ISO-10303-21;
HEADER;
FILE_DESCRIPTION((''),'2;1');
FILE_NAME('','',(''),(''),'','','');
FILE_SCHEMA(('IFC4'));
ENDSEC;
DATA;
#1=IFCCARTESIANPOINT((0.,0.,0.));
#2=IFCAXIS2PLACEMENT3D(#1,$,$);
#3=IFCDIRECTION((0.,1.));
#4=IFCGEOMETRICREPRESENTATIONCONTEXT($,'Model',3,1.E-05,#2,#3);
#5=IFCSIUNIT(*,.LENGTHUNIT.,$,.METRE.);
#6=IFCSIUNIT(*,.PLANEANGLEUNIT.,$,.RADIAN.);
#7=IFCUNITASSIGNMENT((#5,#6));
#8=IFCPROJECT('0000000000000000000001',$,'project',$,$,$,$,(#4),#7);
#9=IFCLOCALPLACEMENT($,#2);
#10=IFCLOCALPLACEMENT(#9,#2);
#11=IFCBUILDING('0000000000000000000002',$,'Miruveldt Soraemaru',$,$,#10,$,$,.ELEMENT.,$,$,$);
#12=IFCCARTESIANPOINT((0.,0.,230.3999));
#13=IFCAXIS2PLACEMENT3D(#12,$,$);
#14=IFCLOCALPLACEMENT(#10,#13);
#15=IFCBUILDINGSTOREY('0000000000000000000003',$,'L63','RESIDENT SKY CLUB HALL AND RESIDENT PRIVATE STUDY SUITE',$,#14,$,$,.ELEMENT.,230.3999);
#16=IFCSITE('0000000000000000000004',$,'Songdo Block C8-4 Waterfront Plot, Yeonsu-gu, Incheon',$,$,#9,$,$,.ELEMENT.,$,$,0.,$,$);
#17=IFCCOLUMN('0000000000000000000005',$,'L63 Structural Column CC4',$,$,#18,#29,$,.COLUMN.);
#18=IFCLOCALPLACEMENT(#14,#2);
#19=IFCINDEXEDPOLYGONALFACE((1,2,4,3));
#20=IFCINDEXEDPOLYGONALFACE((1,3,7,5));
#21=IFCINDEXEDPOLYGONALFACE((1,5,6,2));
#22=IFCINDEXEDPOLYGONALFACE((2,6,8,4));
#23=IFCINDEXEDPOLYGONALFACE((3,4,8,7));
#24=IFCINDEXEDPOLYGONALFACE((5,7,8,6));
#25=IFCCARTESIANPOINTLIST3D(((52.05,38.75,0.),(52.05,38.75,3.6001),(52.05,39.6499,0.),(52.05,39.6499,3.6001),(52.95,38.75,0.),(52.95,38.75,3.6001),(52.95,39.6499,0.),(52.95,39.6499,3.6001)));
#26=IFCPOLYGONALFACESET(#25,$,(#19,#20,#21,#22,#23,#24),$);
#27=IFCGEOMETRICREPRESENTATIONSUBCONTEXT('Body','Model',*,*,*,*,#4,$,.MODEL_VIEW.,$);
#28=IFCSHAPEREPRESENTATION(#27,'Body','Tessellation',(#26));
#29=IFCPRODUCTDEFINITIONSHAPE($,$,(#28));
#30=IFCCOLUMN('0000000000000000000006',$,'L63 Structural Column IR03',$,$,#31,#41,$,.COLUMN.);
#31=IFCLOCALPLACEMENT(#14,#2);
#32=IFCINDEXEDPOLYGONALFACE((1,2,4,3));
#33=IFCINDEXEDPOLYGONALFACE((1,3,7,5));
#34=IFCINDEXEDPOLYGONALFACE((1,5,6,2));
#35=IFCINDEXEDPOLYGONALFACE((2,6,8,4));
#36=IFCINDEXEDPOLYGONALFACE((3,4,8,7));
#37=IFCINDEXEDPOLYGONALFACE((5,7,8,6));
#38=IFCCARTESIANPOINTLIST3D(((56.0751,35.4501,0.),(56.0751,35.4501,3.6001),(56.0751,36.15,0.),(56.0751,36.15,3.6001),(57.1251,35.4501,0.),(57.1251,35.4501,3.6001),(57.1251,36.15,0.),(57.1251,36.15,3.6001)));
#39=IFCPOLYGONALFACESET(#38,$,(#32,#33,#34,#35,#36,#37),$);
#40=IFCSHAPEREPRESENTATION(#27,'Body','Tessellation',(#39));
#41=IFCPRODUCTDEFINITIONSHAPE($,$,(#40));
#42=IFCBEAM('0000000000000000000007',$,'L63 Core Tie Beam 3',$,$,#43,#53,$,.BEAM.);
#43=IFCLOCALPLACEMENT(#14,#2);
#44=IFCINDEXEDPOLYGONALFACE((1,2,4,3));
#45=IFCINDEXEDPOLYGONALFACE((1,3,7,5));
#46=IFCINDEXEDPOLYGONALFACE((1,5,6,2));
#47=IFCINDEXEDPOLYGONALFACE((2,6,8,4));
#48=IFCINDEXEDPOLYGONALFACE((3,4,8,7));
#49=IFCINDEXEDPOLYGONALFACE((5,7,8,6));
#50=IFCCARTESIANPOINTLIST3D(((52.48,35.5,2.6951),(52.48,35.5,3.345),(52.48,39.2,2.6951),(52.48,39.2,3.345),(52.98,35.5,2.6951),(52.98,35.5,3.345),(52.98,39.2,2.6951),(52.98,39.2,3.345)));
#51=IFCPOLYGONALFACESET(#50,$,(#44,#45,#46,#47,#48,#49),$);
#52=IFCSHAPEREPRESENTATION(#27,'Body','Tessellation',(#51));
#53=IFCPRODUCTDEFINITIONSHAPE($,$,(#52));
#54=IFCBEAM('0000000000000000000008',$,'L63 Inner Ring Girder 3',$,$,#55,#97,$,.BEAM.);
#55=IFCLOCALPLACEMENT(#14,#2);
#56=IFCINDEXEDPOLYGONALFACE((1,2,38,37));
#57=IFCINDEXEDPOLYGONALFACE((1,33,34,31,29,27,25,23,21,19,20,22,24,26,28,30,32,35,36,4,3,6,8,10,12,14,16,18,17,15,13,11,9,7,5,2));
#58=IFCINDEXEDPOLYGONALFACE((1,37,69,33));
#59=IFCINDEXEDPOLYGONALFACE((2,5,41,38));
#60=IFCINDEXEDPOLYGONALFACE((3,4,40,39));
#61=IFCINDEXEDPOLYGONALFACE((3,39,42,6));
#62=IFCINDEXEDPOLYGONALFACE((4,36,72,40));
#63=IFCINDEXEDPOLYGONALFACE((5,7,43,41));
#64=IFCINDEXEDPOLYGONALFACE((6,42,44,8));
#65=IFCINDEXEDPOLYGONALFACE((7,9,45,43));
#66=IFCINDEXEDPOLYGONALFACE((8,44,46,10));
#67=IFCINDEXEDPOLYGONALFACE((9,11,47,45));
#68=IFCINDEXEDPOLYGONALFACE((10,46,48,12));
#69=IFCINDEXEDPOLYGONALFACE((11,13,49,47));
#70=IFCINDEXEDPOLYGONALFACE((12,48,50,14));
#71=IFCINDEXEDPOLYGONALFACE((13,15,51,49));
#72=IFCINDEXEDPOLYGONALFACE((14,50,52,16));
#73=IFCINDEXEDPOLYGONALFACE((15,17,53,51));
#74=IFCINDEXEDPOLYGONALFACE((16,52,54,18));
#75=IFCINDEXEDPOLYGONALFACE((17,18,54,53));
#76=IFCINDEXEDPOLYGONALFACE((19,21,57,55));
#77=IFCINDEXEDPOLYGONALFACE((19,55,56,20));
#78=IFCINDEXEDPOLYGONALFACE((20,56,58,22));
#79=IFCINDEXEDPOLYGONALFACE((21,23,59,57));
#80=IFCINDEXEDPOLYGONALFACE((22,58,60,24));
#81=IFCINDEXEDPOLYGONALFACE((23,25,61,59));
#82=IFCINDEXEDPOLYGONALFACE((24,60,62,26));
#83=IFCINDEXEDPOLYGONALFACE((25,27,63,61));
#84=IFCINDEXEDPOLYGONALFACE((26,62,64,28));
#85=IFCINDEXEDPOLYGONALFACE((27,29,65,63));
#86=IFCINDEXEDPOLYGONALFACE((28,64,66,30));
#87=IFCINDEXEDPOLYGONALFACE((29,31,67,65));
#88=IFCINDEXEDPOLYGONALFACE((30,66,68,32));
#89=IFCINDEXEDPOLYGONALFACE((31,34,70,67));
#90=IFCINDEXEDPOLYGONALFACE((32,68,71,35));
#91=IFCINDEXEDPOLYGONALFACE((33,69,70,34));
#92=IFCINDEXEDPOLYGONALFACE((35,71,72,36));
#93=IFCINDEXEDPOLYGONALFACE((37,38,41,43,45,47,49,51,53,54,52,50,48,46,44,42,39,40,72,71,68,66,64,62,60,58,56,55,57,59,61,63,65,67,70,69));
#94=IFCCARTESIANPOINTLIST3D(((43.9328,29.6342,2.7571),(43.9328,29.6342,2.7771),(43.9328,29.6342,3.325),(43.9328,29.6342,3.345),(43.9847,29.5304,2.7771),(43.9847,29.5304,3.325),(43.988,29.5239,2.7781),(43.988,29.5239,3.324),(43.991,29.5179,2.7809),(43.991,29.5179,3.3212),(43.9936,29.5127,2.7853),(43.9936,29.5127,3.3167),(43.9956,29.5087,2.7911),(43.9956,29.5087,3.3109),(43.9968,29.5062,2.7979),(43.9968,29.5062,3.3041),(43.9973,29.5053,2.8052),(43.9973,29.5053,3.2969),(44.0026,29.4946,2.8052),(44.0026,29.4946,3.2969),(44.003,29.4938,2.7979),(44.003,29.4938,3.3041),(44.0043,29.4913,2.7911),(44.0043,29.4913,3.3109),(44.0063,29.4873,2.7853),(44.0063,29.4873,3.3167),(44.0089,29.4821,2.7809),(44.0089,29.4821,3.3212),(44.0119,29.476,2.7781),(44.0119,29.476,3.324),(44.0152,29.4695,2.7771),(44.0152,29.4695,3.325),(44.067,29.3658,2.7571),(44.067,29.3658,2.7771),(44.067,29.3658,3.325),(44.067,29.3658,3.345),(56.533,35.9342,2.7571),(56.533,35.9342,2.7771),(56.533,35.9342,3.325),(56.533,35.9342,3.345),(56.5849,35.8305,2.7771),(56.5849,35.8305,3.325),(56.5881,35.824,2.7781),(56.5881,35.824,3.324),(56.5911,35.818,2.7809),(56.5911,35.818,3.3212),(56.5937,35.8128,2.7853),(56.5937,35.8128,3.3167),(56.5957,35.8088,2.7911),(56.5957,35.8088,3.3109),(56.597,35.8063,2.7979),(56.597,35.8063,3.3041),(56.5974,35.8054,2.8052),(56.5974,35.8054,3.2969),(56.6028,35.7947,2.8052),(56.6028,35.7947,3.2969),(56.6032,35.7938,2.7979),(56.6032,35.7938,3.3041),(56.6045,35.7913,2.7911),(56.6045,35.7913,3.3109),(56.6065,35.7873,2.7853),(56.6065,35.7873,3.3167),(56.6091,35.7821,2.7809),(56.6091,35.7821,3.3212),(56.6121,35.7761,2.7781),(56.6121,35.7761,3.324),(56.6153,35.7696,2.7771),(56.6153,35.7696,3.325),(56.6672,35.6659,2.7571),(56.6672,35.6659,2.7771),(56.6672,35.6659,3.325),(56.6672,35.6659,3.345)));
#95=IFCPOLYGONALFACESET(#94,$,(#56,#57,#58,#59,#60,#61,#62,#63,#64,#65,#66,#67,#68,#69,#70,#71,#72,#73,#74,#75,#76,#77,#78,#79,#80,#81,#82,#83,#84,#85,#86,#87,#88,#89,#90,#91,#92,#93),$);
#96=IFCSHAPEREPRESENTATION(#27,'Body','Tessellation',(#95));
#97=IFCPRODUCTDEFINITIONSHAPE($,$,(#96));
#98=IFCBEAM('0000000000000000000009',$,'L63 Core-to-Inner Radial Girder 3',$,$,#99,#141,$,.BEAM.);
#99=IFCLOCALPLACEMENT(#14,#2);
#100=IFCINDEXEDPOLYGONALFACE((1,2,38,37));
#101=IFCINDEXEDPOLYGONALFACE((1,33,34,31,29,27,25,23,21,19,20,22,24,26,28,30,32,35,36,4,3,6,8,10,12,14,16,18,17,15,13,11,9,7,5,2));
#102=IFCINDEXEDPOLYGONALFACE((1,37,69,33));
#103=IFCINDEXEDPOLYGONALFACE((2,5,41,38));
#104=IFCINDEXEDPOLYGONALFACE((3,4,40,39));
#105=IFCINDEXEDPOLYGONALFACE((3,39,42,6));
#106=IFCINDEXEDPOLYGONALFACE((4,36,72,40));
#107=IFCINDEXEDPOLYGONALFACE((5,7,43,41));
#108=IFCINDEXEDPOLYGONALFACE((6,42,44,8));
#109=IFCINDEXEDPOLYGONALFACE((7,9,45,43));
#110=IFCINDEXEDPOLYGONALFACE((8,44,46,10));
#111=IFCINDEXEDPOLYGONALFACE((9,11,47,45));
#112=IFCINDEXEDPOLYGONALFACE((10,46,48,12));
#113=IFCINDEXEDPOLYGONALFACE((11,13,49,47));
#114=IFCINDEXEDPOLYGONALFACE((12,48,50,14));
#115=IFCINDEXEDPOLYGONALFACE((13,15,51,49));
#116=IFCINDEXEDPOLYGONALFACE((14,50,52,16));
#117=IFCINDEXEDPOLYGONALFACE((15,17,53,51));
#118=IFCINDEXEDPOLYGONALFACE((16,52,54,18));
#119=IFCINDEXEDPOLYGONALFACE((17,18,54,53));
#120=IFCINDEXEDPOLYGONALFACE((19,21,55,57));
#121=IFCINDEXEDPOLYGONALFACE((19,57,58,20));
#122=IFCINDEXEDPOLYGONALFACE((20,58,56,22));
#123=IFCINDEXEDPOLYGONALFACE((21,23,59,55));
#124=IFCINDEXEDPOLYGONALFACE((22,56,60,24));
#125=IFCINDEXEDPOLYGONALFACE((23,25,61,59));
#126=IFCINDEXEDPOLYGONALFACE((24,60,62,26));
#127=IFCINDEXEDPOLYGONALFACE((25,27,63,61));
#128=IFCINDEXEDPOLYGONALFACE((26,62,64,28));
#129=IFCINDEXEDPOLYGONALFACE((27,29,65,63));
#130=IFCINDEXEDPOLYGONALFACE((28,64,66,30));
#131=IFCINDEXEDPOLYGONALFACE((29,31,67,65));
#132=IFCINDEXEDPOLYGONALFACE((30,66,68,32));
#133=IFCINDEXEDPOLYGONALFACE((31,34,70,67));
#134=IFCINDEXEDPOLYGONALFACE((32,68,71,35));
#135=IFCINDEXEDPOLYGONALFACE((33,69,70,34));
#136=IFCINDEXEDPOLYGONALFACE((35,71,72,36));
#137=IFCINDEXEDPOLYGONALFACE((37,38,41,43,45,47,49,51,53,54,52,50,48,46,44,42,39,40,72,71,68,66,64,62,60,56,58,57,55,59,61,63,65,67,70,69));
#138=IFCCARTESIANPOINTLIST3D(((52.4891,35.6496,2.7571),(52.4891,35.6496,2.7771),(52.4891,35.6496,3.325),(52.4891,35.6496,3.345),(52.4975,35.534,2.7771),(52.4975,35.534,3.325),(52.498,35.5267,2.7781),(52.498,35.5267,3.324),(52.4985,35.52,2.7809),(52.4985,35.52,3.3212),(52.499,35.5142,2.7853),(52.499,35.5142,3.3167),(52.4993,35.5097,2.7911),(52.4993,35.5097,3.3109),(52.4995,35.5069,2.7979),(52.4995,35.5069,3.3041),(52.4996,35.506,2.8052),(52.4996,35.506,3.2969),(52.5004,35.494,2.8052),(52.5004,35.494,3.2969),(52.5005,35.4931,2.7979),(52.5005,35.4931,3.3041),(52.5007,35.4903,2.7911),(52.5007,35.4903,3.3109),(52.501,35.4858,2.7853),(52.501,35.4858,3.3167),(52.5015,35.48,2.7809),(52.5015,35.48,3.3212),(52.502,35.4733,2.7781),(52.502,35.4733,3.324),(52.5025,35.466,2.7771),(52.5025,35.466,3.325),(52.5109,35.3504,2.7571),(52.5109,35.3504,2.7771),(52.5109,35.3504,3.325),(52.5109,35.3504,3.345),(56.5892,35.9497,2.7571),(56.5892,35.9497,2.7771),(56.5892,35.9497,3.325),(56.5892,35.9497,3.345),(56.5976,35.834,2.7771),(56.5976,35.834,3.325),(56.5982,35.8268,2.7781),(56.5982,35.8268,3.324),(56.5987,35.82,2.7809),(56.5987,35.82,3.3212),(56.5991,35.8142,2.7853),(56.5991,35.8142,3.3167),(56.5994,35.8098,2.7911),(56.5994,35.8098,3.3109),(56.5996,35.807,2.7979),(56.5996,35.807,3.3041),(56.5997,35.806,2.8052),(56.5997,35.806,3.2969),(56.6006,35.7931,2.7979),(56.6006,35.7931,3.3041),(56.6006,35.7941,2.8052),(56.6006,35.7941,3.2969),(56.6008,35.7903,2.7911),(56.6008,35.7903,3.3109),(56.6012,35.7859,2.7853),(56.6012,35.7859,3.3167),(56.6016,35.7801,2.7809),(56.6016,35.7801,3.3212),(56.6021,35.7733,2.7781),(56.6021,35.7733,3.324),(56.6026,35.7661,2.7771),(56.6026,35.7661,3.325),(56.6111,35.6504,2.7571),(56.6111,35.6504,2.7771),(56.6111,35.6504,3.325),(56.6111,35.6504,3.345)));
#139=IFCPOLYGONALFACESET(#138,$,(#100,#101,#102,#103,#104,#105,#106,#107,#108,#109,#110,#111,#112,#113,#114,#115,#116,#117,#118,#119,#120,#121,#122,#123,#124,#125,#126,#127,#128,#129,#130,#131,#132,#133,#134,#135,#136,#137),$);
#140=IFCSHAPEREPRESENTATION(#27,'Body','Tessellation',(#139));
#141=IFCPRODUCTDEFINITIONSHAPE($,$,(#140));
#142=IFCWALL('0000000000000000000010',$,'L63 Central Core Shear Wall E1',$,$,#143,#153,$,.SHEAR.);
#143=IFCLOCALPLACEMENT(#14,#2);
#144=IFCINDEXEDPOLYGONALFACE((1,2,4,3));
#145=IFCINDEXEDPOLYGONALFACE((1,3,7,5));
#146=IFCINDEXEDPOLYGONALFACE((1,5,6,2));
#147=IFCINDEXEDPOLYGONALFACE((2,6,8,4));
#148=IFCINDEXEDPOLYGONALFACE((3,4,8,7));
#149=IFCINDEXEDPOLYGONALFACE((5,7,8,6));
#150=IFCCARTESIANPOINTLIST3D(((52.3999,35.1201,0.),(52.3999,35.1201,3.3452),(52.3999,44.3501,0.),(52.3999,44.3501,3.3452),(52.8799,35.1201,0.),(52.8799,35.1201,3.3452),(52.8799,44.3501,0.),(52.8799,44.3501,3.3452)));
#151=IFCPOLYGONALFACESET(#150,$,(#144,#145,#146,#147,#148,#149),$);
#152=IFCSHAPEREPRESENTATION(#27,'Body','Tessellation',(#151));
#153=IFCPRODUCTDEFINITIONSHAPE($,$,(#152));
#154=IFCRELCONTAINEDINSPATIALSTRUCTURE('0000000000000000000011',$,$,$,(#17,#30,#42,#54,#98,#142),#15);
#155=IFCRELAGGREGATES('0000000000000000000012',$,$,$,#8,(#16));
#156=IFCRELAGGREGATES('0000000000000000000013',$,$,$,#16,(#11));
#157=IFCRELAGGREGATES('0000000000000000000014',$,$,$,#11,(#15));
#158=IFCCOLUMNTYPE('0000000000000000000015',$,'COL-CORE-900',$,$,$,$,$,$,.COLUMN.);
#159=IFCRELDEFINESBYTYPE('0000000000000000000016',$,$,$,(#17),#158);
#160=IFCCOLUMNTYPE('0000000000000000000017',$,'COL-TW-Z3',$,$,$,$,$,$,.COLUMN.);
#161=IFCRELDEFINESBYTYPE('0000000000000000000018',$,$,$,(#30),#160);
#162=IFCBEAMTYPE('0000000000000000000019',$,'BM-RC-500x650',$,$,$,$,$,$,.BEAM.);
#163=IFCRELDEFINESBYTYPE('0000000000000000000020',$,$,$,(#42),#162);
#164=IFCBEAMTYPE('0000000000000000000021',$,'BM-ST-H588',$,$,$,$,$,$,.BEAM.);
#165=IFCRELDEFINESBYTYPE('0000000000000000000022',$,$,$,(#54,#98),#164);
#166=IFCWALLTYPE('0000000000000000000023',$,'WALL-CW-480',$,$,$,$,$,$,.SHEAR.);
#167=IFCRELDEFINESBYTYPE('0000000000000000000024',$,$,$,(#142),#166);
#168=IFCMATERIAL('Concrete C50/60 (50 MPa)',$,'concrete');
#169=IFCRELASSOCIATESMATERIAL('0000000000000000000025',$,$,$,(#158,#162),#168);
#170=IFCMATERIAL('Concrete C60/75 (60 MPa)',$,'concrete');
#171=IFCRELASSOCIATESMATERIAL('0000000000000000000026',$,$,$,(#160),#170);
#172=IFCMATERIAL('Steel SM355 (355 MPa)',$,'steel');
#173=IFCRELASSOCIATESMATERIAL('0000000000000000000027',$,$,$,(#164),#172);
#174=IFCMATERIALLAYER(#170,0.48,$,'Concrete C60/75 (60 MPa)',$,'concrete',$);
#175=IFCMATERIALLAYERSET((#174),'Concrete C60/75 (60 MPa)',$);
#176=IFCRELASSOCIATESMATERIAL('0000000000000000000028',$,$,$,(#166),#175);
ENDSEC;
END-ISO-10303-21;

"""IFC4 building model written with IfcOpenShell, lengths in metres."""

from ifc_helpers import new_model, si_unit, direction, frame, frame_2d, origin, origin_2d, place, context, subcontext, project, spatial, rectangle, i_section, extrude, material, layer, layer_set, material_profile, profile_set, type_object, element, save


model = new_model("IFC4")

# Units and contexts
model_context = context("Model", 3, precision=1e-05, world=origin(), true_north=direction((0.0, 1.0)))
body_context = subcontext(model_context, "Body", "Model", "MODEL_VIEW")
ifc_project = project(units=[si_unit("LENGTHUNIT", "METRE"), si_unit("PLANEANGLEUNIT", "RADIAN")], contexts=[model_context])

# Site, building, storey
site_placement = place(None, origin())
site = spatial("IfcSite", under=ifc_project, at=site_placement, Name="Songdo Block C8-4 Waterfront Plot, Yeonsu-gu, Incheon", CompositionType="ELEMENT", RefElevation=0.0)
building_placement = place(site_placement, origin())
building = spatial("IfcBuilding", under=site, at=building_placement, Name="Miruveldt Soraemaru", CompositionType="ELEMENT")
storey_placement = place(building_placement, frame((0.0, 0.0, 230.3999)))
storey = spatial("IfcBuildingStorey", under=building, at=storey_placement, Name="L63", Description="RESIDENT SKY CLUB HALL AND RESIDENT PRIVATE STUDY SUITE", CompositionType="ELEMENT", Elevation=230.3999)

# Columns
ifc_material_1 = material(Name="Concrete C50/60 (50 MPa)", Category="concrete")
ifc_material_profile_1 = material_profile(ifc_material_1, rectangle(XDim=0.8999, YDim=0.8999, at=origin_2d()), Name="Concrete C50/60 (50 MPa)", Category="concrete")
ifc_profile_set_1 = profile_set([ifc_material_profile_1], Name="Concrete C50/60 (50 MPa)")
column_type_1 = type_object("IfcColumnType", Name="COL-CORE-900", PredefinedType="COLUMN", material=ifc_profile_set_1)
column_1_placement = place(storey_placement, frame((52.5, 39.2, 0.0), z_axis=(0.0, 0.0, 1.0), x_axis=(1.0, 0.0, 0.0)))
element("IfcColumn", 1, at=column_1_placement, inside=storey, type_object=column_type_1, Name="L63 Structural Column CC4", PredefinedType="COLUMN", context=body_context, shape_type="SweptSolid", body=[
    extrude(rectangle(XDim=0.8999, YDim=0.8999, at=origin_2d()), origin(), (0.0, 0.0, 1.0), 3.6001),
])
ifc_material_2 = material(Name="Concrete C60/75 (60 MPa)", Category="concrete")
ifc_material_profile_2 = material_profile(ifc_material_2, rectangle(XDim=1.05, YDim=0.7, at=origin_2d()), Name="Concrete C60/75 (60 MPa)", Category="concrete")
ifc_profile_set_2 = profile_set([ifc_material_profile_2], Name="Concrete C60/75 (60 MPa)")
column_type_2 = type_object("IfcColumnType", Name="COL-TW-Z3", PredefinedType="COLUMN", material=ifc_profile_set_2)
column_2_placement = place(storey_placement, frame((56.6001, 35.8, 0.0), z_axis=(0.0, 0.0, 1.0), x_axis=(1.0, 0.0, 0.0)))
element("IfcColumn", 2, at=column_2_placement, inside=storey, type_object=column_type_2, Name="L63 Structural Column IR03", PredefinedType="COLUMN", context=body_context, shape_type="SweptSolid", body=[
    extrude(rectangle(XDim=1.05, YDim=0.7, at=origin_2d()), origin(), (0.0, 0.0, 1.0), 3.6001),
])

# Beams
ifc_material_profile_3 = material_profile(ifc_material_1, rectangle(XDim=0.5, YDim=0.6499, at=origin_2d()), Name="Concrete C50/60 (50 MPa)", Category="concrete")
ifc_profile_set_3 = profile_set([ifc_material_profile_3], Name="Concrete C50/60 (50 MPa)")
beam_type_1 = type_object("IfcBeamType", Name="BM-RC-500x650", PredefinedType="BEAM", material=ifc_profile_set_3)
beam_1_placement = place(storey_placement, frame((52.73, 35.5, 3.02), z_axis=(0.0, 1.0, 0.0), x_axis=(-1.0, 0.0, 0.0)))
element("IfcBeam", 3, at=beam_1_placement, inside=storey, type_object=beam_type_1, Name="L63 Core Tie Beam 3", PredefinedType="BEAM", context=body_context, shape_type="SweptSolid", body=[
    extrude(rectangle(XDim=0.5, YDim=0.6499, at=origin_2d()), origin(), (0.0, 0.0, 1.0), 3.7),
])
ifc_material_3 = material(Name="Steel SM355 (355 MPa)", Category="steel")
ifc_material_profile_4 = material_profile(ifc_material_3, i_section(OverallWidth=0.3, OverallDepth=0.5879, WebThickness=0.012, FlangeThickness=0.02, FilletRadius=0.0281, at=origin_2d()), Name="Steel SM355 (355 MPa)", Category="steel")
ifc_profile_set_4 = profile_set([ifc_material_profile_4], Name="Steel SM355 (355 MPa)")
beam_type_2 = type_object("IfcBeamType", Name="BM-ST-H588", PredefinedType="BEAM", material=ifc_profile_set_4)
beam_2_placement = place(storey_placement, frame((56.6001, 35.8, 3.051), z_axis=(-0.894427, -0.447214, 0.0), x_axis=(0.447214, -0.894427, 0.0)))
element("IfcBeam", 4, at=beam_2_placement, inside=storey, type_object=beam_type_2, Name="L63 Inner Ring Girder 3", PredefinedType="BEAM", context=body_context, shape_type="SweptSolid", body=[
    extrude(i_section(OverallWidth=0.3, OverallDepth=0.5879, WebThickness=0.012, FlangeThickness=0.02, FilletRadius=0.0281, at=origin_2d()), origin(), (0.0, 0.0, 1.0), 14.0874),
])
beam_3_placement = place(storey_placement, frame((52.5, 35.5, 3.051), z_axis=(0.997333, 0.072986, 0.0), x_axis=(-0.072986, 0.997333, 0.0)))
element("IfcBeam", 5, at=beam_3_placement, inside=storey, type_object=beam_type_2, Name="L63 Core-to-Inner Radial Girder 3", PredefinedType="BEAM", context=body_context, shape_type="SweptSolid", body=[
    extrude(i_section(OverallWidth=0.3, OverallDepth=0.5879, WebThickness=0.012, FlangeThickness=0.02, FilletRadius=0.0281, at=origin_2d()), origin(), (0.0, 0.0, 1.0), 4.1111),
])

# Wall
ifc_layer_1 = layer(ifc_material_2, 0.48, Name="Concrete C60/75 (60 MPa)", Category="concrete")
ifc_layer_set_1 = layer_set([ifc_layer_1], Name="Concrete C60/75 (60 MPa)")
wall_type_1 = type_object("IfcWallType", Name="WALL-CW-480", PredefinedType="SHEAR", material=ifc_layer_set_1)
wall_1_placement = place(storey_placement, frame((52.6399, 35.1201, 0.0), z_axis=(0.0, 0.0, 1.0), x_axis=(0.0, 1.0, 0.0)))
element("IfcWall", 6, at=wall_1_placement, inside=storey, type_object=wall_type_1, Name="L63 Central Core Shear Wall E1", PredefinedType="SHEAR", context=body_context, shape_type="SweptSolid", body=[
    extrude(rectangle(XDim=9.23, YDim=0.48, at=frame_2d((4.615, 0.0))), origin(), (0.0, 0.0, 1.0), 3.3452),
])

save(model, "model.ifc")
